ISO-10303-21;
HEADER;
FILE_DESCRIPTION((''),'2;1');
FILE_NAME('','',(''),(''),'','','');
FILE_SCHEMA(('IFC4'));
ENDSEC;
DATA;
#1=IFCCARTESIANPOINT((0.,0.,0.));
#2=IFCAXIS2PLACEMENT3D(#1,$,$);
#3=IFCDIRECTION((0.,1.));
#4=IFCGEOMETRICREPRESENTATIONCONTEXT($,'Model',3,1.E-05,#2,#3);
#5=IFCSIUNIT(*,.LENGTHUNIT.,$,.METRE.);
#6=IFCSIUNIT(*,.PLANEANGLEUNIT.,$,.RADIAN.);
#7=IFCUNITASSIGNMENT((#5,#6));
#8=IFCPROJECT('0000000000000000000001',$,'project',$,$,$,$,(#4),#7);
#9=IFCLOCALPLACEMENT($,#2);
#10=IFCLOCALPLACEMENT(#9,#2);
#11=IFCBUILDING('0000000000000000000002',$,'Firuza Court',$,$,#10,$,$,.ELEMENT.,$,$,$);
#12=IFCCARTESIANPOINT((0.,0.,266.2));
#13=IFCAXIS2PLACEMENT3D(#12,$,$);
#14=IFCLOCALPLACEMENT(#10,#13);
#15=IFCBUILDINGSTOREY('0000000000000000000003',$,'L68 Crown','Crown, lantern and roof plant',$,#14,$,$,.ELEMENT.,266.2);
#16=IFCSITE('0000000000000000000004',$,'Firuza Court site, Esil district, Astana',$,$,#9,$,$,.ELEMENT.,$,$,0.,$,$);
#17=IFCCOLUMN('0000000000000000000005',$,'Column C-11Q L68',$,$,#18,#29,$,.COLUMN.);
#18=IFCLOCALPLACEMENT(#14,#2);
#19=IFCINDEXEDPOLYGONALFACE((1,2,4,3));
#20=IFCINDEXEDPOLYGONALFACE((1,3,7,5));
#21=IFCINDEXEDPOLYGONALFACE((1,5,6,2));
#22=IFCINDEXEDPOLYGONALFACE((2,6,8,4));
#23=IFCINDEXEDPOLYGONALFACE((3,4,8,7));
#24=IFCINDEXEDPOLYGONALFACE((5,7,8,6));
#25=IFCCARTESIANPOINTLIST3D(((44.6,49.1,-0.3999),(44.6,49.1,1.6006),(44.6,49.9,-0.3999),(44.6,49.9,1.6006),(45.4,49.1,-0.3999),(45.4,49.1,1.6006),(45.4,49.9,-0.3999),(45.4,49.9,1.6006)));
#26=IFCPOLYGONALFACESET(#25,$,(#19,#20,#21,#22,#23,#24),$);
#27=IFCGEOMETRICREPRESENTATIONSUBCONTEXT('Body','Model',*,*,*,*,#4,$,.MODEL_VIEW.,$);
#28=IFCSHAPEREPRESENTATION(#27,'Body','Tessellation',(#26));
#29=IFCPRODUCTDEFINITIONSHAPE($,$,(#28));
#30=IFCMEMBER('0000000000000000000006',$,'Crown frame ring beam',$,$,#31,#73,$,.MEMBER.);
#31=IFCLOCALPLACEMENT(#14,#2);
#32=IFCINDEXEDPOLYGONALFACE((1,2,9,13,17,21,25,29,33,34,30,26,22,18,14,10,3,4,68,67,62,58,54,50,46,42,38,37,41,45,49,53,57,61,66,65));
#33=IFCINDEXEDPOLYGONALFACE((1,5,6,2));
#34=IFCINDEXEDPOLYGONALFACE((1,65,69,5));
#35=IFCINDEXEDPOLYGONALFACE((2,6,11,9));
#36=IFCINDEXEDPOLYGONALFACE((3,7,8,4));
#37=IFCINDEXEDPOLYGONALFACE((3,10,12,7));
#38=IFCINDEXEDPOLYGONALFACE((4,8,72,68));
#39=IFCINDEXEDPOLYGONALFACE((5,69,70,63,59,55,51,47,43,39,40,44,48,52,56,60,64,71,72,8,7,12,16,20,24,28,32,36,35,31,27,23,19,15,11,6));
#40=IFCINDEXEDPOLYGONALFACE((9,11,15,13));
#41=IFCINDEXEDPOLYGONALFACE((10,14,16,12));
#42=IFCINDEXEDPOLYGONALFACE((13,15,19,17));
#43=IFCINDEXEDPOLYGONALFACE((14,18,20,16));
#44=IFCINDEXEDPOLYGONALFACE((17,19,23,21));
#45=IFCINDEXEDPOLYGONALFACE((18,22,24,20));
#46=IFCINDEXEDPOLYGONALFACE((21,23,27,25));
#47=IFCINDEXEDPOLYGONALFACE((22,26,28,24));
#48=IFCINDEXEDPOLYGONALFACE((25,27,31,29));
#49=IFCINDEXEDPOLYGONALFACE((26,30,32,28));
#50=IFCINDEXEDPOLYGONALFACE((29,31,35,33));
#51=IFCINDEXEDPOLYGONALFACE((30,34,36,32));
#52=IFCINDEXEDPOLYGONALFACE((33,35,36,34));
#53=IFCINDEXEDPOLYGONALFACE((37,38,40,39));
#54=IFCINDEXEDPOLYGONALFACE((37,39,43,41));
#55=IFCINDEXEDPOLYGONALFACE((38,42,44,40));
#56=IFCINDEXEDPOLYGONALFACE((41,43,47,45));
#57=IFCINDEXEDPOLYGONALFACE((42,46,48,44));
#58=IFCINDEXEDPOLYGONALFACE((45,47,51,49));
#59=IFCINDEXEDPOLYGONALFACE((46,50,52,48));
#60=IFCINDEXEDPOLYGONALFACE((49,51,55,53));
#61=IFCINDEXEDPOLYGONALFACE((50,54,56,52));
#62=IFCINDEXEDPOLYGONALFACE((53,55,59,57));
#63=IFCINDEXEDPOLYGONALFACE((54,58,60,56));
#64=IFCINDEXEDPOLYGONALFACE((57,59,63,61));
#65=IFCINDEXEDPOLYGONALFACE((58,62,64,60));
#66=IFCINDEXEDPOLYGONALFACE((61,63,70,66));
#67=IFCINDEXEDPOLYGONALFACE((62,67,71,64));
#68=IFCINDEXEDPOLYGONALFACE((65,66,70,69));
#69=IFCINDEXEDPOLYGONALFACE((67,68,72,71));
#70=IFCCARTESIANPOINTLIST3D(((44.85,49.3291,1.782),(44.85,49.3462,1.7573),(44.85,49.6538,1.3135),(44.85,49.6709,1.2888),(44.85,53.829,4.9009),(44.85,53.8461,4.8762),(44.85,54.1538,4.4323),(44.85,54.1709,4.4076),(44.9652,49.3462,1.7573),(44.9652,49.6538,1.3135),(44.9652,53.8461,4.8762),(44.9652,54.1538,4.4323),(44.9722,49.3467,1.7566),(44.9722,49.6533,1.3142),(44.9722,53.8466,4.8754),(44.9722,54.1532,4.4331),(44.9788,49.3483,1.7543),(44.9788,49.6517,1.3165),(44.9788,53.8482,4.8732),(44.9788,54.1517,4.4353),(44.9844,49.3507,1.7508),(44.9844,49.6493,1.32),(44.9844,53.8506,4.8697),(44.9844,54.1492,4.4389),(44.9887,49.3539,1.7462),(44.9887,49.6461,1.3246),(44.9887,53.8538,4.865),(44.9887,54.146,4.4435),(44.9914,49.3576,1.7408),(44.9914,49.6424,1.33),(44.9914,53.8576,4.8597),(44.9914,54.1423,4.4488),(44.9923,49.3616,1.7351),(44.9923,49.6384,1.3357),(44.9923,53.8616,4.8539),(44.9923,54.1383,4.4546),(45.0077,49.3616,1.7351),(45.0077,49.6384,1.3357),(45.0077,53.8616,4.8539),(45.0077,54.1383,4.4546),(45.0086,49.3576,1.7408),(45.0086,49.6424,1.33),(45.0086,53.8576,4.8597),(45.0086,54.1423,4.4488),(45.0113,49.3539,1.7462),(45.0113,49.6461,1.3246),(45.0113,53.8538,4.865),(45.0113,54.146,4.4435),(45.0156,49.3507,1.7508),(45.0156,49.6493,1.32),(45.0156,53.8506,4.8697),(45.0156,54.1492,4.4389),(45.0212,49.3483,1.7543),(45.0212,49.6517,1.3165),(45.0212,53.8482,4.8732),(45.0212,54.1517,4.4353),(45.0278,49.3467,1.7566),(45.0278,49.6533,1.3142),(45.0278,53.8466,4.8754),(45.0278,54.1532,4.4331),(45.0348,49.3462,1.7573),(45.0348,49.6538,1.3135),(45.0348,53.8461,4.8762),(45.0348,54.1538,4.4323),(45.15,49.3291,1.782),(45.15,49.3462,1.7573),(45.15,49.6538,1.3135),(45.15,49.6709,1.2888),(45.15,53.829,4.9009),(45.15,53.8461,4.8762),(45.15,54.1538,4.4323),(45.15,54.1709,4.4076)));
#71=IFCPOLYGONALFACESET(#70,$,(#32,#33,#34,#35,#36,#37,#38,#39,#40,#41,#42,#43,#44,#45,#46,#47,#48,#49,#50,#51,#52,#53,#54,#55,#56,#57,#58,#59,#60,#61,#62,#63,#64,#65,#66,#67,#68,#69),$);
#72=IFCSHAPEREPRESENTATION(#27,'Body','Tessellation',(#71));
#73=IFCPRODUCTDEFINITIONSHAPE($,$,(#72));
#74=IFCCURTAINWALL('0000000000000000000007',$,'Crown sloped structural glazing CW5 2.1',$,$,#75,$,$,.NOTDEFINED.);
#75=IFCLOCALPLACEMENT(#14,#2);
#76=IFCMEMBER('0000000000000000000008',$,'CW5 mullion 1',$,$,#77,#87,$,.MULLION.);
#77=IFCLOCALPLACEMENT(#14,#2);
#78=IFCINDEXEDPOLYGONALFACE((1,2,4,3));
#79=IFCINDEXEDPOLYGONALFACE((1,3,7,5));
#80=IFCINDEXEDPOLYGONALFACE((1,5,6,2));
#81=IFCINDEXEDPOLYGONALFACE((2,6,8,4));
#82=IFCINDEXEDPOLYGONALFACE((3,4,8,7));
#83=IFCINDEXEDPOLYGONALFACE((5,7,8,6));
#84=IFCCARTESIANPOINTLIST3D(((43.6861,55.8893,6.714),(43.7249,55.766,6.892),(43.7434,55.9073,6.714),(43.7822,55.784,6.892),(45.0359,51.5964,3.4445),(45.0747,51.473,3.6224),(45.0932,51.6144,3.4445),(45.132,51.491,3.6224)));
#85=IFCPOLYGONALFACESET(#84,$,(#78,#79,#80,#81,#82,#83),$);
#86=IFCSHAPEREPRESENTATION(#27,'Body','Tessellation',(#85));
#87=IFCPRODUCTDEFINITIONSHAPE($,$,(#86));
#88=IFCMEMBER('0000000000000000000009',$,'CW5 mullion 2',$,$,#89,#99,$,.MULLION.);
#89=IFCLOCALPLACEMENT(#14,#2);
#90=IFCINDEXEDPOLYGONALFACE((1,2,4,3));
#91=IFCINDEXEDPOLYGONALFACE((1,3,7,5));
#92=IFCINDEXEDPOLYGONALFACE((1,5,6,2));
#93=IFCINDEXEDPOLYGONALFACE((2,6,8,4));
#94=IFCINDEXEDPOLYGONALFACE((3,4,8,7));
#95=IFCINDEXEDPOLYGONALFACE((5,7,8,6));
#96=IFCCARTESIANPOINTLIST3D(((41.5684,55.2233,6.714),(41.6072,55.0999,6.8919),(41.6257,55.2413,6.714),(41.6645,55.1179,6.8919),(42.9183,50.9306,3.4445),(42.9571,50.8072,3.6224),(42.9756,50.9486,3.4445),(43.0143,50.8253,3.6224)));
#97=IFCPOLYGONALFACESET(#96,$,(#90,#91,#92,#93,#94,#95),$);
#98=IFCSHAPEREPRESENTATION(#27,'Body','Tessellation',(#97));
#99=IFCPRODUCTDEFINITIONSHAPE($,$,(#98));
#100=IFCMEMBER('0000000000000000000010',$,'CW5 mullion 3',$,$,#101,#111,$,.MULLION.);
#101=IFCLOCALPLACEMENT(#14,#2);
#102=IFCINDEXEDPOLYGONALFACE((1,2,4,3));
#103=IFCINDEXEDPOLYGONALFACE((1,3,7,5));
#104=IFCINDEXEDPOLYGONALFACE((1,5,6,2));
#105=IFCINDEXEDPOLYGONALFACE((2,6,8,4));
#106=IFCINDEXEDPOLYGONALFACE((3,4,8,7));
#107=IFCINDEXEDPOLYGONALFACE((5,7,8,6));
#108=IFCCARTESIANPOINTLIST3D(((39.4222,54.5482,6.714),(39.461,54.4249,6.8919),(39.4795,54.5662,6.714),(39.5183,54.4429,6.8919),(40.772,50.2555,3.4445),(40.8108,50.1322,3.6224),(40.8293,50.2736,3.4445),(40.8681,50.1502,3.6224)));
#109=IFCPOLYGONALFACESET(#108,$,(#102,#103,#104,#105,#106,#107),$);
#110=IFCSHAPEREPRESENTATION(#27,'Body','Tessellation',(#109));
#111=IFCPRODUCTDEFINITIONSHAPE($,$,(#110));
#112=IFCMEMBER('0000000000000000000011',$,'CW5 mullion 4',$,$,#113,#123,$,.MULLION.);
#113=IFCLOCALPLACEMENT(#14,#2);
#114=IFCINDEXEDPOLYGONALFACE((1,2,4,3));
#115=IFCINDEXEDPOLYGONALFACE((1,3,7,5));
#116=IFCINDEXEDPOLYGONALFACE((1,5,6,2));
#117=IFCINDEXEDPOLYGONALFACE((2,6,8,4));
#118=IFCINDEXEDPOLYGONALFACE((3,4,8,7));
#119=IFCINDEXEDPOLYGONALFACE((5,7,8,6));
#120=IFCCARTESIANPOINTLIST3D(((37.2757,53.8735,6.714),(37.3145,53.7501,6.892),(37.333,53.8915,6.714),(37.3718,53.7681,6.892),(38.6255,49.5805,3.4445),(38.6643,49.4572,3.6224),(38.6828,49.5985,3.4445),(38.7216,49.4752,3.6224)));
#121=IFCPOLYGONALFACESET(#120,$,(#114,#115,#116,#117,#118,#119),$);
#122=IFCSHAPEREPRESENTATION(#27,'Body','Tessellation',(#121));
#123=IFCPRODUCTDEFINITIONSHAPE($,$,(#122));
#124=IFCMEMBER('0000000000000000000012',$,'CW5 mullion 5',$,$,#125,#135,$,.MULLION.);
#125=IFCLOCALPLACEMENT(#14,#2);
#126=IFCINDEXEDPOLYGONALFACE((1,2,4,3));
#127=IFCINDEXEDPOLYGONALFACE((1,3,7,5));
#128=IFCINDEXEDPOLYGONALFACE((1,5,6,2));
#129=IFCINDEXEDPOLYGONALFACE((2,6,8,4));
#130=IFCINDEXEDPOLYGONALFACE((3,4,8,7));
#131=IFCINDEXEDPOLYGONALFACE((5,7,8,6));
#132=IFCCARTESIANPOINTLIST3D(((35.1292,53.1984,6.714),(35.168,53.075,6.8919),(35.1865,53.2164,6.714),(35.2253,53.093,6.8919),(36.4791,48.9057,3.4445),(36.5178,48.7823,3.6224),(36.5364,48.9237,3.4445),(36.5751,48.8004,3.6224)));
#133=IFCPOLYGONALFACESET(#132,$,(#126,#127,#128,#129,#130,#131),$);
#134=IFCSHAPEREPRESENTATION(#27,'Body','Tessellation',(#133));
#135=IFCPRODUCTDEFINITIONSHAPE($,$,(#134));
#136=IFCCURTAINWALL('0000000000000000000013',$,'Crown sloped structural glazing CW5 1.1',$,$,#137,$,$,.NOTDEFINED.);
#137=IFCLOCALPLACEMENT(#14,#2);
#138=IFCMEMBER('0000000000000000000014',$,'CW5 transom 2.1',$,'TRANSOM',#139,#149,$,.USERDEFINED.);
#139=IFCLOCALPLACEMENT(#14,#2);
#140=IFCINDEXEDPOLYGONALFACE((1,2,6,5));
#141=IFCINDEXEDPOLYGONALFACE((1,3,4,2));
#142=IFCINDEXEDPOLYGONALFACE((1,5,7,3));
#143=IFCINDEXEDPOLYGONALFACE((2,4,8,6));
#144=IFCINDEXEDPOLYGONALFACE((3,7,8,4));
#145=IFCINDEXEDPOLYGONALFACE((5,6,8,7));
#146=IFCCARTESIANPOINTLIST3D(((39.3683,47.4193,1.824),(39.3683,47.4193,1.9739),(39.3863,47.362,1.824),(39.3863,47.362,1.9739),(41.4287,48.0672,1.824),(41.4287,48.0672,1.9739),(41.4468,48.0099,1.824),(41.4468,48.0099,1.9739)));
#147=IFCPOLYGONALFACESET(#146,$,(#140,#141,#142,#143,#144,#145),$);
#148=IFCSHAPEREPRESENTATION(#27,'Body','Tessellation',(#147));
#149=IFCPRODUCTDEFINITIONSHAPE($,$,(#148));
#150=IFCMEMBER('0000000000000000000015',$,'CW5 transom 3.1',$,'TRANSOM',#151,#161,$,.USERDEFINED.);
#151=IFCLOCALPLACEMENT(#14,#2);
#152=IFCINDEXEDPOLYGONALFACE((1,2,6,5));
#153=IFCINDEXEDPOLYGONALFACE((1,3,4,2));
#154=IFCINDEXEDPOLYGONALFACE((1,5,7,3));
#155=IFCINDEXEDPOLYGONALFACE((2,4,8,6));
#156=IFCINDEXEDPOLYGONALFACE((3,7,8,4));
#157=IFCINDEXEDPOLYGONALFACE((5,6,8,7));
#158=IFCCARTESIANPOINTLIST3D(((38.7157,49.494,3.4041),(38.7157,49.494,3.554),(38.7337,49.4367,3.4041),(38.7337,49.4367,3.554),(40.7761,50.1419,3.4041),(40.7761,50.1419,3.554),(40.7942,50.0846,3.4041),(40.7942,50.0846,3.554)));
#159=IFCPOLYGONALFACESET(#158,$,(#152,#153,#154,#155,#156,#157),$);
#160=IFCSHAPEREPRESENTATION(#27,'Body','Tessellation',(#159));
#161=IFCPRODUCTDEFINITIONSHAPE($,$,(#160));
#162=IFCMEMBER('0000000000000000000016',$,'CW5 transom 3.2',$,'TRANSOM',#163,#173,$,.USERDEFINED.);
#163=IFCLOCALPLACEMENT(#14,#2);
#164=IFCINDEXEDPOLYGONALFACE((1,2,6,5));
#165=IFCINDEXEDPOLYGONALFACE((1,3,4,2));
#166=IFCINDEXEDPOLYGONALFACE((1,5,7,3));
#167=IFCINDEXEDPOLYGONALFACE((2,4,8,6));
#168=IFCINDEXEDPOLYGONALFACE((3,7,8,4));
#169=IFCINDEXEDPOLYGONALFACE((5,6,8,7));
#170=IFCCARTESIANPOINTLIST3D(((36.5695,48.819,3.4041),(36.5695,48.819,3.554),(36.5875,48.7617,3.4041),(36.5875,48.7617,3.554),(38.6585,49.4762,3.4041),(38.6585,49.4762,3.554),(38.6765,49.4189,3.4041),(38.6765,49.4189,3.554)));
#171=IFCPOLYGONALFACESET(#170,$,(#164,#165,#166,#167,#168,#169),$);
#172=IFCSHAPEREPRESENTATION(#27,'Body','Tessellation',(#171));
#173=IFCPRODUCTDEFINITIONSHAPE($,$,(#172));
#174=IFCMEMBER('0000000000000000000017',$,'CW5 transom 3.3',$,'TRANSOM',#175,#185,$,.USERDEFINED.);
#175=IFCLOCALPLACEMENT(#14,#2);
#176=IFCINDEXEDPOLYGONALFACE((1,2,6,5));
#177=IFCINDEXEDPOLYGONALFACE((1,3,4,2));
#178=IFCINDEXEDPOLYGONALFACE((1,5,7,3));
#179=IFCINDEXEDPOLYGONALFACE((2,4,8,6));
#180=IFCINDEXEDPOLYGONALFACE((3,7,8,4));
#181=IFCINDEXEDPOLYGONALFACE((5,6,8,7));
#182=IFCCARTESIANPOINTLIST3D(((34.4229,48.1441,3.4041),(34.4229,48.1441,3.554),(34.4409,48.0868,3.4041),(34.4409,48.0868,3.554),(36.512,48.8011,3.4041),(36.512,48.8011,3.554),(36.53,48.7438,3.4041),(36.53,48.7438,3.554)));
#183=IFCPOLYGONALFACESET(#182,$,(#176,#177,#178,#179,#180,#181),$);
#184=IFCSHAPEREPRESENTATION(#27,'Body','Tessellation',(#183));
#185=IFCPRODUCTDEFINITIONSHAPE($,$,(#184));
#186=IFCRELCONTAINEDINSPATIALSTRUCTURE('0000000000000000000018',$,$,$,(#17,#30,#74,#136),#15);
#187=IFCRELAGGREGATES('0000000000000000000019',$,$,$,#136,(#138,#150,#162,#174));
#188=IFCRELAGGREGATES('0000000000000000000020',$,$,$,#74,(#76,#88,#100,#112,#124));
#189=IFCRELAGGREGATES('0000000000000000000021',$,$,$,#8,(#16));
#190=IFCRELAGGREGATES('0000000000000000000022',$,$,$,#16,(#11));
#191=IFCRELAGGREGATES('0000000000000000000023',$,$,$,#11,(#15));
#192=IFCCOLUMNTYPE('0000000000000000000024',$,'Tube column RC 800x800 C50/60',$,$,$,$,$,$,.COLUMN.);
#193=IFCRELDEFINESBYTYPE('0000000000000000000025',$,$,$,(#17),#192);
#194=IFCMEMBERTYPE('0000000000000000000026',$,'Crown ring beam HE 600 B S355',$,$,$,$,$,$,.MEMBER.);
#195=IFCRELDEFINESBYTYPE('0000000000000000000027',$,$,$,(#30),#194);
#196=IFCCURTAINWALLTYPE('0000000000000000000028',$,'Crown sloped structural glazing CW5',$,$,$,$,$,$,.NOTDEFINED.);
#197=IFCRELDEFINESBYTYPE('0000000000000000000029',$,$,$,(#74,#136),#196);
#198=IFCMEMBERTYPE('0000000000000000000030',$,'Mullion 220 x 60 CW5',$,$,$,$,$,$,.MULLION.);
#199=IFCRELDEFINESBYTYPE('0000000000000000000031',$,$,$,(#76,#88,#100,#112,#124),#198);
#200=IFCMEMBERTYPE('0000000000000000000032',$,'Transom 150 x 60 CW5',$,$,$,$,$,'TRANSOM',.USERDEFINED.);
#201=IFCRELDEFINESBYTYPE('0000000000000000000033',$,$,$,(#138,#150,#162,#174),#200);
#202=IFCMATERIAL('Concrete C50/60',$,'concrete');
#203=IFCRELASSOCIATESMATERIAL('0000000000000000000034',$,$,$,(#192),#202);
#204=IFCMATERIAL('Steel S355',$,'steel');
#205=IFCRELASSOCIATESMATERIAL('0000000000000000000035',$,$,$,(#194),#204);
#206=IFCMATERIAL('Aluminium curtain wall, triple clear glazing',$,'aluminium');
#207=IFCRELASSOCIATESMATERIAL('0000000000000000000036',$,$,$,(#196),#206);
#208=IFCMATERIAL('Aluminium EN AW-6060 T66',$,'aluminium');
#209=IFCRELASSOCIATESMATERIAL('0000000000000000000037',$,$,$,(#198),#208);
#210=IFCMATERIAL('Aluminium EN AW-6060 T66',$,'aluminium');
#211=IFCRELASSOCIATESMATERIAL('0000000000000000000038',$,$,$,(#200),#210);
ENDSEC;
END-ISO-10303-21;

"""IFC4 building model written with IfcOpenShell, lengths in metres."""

from ifc_helpers import new_model, si_unit, direction, frame, origin, origin_2d, place, context, subcontext, project, spatial, rectangle, i_section, extrude, material, material_profile, profile_set, type_object, element, aggregate, save


model = new_model("IFC4")

# Units and contexts
model_context = context("Model", 3, precision=1e-05, world=origin(), true_north=direction((0.0, 1.0)))
body_context = subcontext(model_context, "Body", "Model", "MODEL_VIEW")
ifc_project = project(units=[si_unit("LENGTHUNIT", "METRE"), si_unit("PLANEANGLEUNIT", "RADIAN")], contexts=[model_context])

# Site, building, storey
site_placement = place(None, origin())
site = spatial("IfcSite", under=ifc_project, at=site_placement, Name="Firuza Court site, Esil district, Astana", CompositionType="ELEMENT", RefElevation=0.0)
building_placement = place(site_placement, origin())
building = spatial("IfcBuilding", under=site, at=building_placement, Name="Firuza Court", CompositionType="ELEMENT")
storey_placement = place(building_placement, frame((0.0, 0.0, 266.2)))
storey = spatial("IfcBuildingStorey", under=building, at=storey_placement, Name="L68 Crown", Description="Crown, lantern and roof plant", CompositionType="ELEMENT", Elevation=266.2)

# Column
ifc_material_1 = material(Name="Concrete C50/60", Category="concrete")
ifc_material_profile_1 = material_profile(ifc_material_1, rectangle(XDim=0.8, YDim=0.8, at=origin_2d()), Name="RC 800x800")
ifc_profile_set_1 = profile_set([ifc_material_profile_1], Name="Concrete C50/60")
column_type = type_object("IfcColumnType", Name="Tube column RC 800x800 C50/60", PredefinedType="COLUMN", material=ifc_profile_set_1)
column_placement = place(storey_placement, frame((45.0, 49.5, -0.3999), z_axis=(0.0, 0.0, 1.0), x_axis=(1.0, 0.0, 0.0)))
element("IfcColumn", 1, at=column_placement, inside=storey, type_object=column_type, Name="Column C-11Q L68", PredefinedType="COLUMN", context=body_context, shape_type="SweptSolid", body=[
    extrude(rectangle(XDim=0.8, YDim=0.8, at=origin_2d()), origin(), (0.0, 0.0, 1.0), 2.0005),
])

# Member
ifc_material_2 = material(Name="Steel S355", Category="steel")
ifc_material_profile_2 = material_profile(ifc_material_2, i_section(OverallWidth=0.3, OverallDepth=0.6001, WebThickness=0.0154, FlangeThickness=0.03, FilletRadius=0.0271, at=origin_2d()), Name="HE 600 B")
ifc_profile_set_2 = profile_set([ifc_material_profile_2], Name="Steel S355")
member_type_1 = type_object("IfcMemberType", Name="Crown ring beam HE 600 B S355", PredefinedType="MEMBER", material=ifc_profile_set_2)
member_1_placement = place(storey_placement, frame((45.0, 49.5, 1.5354), z_axis=(0.0, 0.821892, 0.569643), x_axis=(-1.0, 0.0, 0.0)))
element("IfcMember", 2, at=member_1_placement, inside=storey, type_object=member_type_1, Name="Crown frame ring beam", PredefinedType="MEMBER", context=body_context, shape_type="SweptSolid", body=[
    extrude(i_section(OverallWidth=0.3, OverallDepth=0.6001, WebThickness=0.0154, FlangeThickness=0.03, FilletRadius=0.0271, at=origin_2d()), origin(), (0.0, 0.0, 1.0), 5.4751),
])

# Curtain walls, members
ifc_material_3 = material(Name="Aluminium curtain wall, triple clear glazing", Category="aluminium")
curtain_wall_type = type_object("IfcCurtainWallType", Name="Crown sloped structural glazing CW5", PredefinedType="NOTDEFINED", material=ifc_material_3)
curtain_wall_1_placement = place(storey_placement, origin())
curtain_wall_1 = element("IfcCurtainWall", 3, at=curtain_wall_1_placement, inside=storey, type_object=curtain_wall_type, Name="Crown sloped structural glazing CW5 2.1", PredefinedType="NOTDEFINED")
ifc_material_4 = material(Name="Aluminium EN AW-6060 T66", Category="aluminium")
ifc_material_profile_3 = material_profile(ifc_material_4, rectangle(XDim=0.0601, YDim=0.22, at=origin_2d()), Name="Mullion 220 x 60 CW5")
ifc_profile_set_3 = profile_set([ifc_material_profile_3], Name="Aluminium EN AW-6060 T66")
member_type_2 = type_object("IfcMemberType", Name="Mullion 220 x 60 CW5", PredefinedType="MULLION", material=ifc_profile_set_3)
member_2_placement = place(storey_placement, frame((45.084, 51.5437, 3.5334), z_axis=(-0.24267, 0.771768, 0.58778), x_axis=(-0.953953, -0.299955, 0.0)))
member_2 = element("IfcMember", 4, at=member_2_placement, type_object=member_type_2, Name="CW5 mullion 1", PredefinedType="MULLION", context=body_context, shape_type="SweptSolid", body=[
    extrude(rectangle(XDim=0.0601, YDim=0.22, at=origin_2d()), origin(), (0.0, 0.0, 1.0), 5.5625),
])
member_3_placement = place(storey_placement, frame((42.9663, 50.8779, 3.5334), z_axis=(-0.242678, 0.77175, 0.5878), x_axis=(-0.953948, -0.29997, 0.0)))
member_3 = element("IfcMember", 5, at=member_3_placement, type_object=member_type_2, Name="CW5 mullion 2", PredefinedType="MULLION", context=body_context, shape_type="SweptSolid", body=[
    extrude(rectangle(XDim=0.0601, YDim=0.22, at=origin_2d()), origin(), (0.0, 0.0, 1.0), 5.5623),
])
member_4_placement = place(storey_placement, frame((40.8201, 50.2029, 3.5334), z_axis=(-0.242678, 0.77175, 0.5878), x_axis=(-0.953948, -0.29997, 0.0)))
member_4 = element("IfcMember", 6, at=member_4_placement, type_object=member_type_2, Name="CW5 mullion 3", PredefinedType="MULLION", context=body_context, shape_type="SweptSolid", body=[
    extrude(rectangle(XDim=0.0601, YDim=0.22, at=origin_2d()), origin(), (0.0, 0.0, 1.0), 5.5623),
])
member_5_placement = place(storey_placement, frame((38.6736, 49.5278, 3.5334), z_axis=(-0.24267, 0.771768, 0.58778), x_axis=(-0.953953, -0.299955, 0.0)))
member_5 = element("IfcMember", 7, at=member_5_placement, type_object=member_type_2, Name="CW5 mullion 4", PredefinedType="MULLION", context=body_context, shape_type="SweptSolid", body=[
    extrude(rectangle(XDim=0.0601, YDim=0.22, at=origin_2d()), origin(), (0.0, 0.0, 1.0), 5.5625),
])
member_6_placement = place(storey_placement, frame((36.5271, 48.853, 3.5334), z_axis=(-0.242678, 0.77175, 0.5878), x_axis=(-0.953948, -0.29997, 0.0)))
member_6 = element("IfcMember", 8, at=member_6_placement, type_object=member_type_2, Name="CW5 mullion 5", PredefinedType="MULLION", context=body_context, shape_type="SweptSolid", body=[
    extrude(rectangle(XDim=0.0601, YDim=0.22, at=origin_2d()), origin(), (0.0, 0.0, 1.0), 5.5623),
])
curtain_wall_2_placement = place(storey_placement, origin())
curtain_wall_2 = element("IfcCurtainWall", 9, at=curtain_wall_2_placement, inside=storey, type_object=curtain_wall_type, Name="Crown sloped structural glazing CW5 1.1", PredefinedType="NOTDEFINED")
ifc_material_5 = material(Name="Aluminium EN AW-6060 T66", Category="aluminium")
ifc_material_profile_4 = material_profile(ifc_material_5, rectangle(XDim=0.0601, YDim=0.1499, at=origin_2d()), Name="Transom 150 x 60 CW5")
ifc_profile_set_4 = profile_set([ifc_material_profile_4], Name="Aluminium EN AW-6060 T66")
member_type_3 = type_object("IfcMemberType", Name="Transom 150 x 60 CW5", ElementType="TRANSOM", PredefinedType="USERDEFINED", material=ifc_profile_set_4)
member_7_placement = place(storey_placement, frame((41.4377, 48.0386, 1.8989), z_axis=(-0.953948, -0.299974, 0.0), x_axis=(0.299974, -0.953948, 0.0)))
member_7 = element("IfcMember", 10, at=member_7_placement, type_object=member_type_3, Name="CW5 transom 2.1", ObjectType="TRANSOM", PredefinedType="USERDEFINED", context=body_context, shape_type="SweptSolid", body=[
    extrude(rectangle(XDim=0.0601, YDim=0.1499, at=origin_2d()), origin(), (0.0, 0.0, 1.0), 2.1599),
])
member_8_placement = place(storey_placement, frame((40.7852, 50.1133, 3.479), z_axis=(-0.953948, -0.299974, 0.0), x_axis=(0.299974, -0.953948, 0.0)))
member_8 = element("IfcMember", 11, at=member_8_placement, type_object=member_type_3, Name="CW5 transom 3.1", ObjectType="TRANSOM", PredefinedType="USERDEFINED", context=body_context, shape_type="SweptSolid", body=[
    extrude(rectangle(XDim=0.0601, YDim=0.1499, at=origin_2d()), origin(), (0.0, 0.0, 1.0), 2.1599),
])
member_9_placement = place(storey_placement, frame((38.6675, 49.4475, 3.479), z_axis=(-0.953909, -0.300096, 0.0), x_axis=(0.300096, -0.953909, 0.0)))
member_9 = element("IfcMember", 12, at=member_9_placement, type_object=member_type_3, Name="CW5 transom 3.2", ObjectType="TRANSOM", PredefinedType="USERDEFINED", context=body_context, shape_type="SweptSolid", body=[
    extrude(rectangle(XDim=0.0601, YDim=0.1499, at=origin_2d()), origin(), (0.0, 0.0, 1.0), 2.1899),
])
member_10_placement = place(storey_placement, frame((36.521, 48.7725, 3.479), z_axis=(-0.953941, -0.299995, 0.0), x_axis=(0.299995, -0.953941, 0.0)))
member_10 = element("IfcMember", 13, at=member_10_placement, type_object=member_type_3, Name="CW5 transom 3.3", ObjectType="TRANSOM", PredefinedType="USERDEFINED", context=body_context, shape_type="SweptSolid", body=[
    extrude(rectangle(XDim=0.0601, YDim=0.1499, at=origin_2d()), origin(), (0.0, 0.0, 1.0), 2.1899),
])

aggregate(curtain_wall_2, [member_7, member_8, member_9, member_10])
aggregate(curtain_wall_1, [member_2, member_3, member_4, member_5, member_6])

save(model, "model.ifc")
